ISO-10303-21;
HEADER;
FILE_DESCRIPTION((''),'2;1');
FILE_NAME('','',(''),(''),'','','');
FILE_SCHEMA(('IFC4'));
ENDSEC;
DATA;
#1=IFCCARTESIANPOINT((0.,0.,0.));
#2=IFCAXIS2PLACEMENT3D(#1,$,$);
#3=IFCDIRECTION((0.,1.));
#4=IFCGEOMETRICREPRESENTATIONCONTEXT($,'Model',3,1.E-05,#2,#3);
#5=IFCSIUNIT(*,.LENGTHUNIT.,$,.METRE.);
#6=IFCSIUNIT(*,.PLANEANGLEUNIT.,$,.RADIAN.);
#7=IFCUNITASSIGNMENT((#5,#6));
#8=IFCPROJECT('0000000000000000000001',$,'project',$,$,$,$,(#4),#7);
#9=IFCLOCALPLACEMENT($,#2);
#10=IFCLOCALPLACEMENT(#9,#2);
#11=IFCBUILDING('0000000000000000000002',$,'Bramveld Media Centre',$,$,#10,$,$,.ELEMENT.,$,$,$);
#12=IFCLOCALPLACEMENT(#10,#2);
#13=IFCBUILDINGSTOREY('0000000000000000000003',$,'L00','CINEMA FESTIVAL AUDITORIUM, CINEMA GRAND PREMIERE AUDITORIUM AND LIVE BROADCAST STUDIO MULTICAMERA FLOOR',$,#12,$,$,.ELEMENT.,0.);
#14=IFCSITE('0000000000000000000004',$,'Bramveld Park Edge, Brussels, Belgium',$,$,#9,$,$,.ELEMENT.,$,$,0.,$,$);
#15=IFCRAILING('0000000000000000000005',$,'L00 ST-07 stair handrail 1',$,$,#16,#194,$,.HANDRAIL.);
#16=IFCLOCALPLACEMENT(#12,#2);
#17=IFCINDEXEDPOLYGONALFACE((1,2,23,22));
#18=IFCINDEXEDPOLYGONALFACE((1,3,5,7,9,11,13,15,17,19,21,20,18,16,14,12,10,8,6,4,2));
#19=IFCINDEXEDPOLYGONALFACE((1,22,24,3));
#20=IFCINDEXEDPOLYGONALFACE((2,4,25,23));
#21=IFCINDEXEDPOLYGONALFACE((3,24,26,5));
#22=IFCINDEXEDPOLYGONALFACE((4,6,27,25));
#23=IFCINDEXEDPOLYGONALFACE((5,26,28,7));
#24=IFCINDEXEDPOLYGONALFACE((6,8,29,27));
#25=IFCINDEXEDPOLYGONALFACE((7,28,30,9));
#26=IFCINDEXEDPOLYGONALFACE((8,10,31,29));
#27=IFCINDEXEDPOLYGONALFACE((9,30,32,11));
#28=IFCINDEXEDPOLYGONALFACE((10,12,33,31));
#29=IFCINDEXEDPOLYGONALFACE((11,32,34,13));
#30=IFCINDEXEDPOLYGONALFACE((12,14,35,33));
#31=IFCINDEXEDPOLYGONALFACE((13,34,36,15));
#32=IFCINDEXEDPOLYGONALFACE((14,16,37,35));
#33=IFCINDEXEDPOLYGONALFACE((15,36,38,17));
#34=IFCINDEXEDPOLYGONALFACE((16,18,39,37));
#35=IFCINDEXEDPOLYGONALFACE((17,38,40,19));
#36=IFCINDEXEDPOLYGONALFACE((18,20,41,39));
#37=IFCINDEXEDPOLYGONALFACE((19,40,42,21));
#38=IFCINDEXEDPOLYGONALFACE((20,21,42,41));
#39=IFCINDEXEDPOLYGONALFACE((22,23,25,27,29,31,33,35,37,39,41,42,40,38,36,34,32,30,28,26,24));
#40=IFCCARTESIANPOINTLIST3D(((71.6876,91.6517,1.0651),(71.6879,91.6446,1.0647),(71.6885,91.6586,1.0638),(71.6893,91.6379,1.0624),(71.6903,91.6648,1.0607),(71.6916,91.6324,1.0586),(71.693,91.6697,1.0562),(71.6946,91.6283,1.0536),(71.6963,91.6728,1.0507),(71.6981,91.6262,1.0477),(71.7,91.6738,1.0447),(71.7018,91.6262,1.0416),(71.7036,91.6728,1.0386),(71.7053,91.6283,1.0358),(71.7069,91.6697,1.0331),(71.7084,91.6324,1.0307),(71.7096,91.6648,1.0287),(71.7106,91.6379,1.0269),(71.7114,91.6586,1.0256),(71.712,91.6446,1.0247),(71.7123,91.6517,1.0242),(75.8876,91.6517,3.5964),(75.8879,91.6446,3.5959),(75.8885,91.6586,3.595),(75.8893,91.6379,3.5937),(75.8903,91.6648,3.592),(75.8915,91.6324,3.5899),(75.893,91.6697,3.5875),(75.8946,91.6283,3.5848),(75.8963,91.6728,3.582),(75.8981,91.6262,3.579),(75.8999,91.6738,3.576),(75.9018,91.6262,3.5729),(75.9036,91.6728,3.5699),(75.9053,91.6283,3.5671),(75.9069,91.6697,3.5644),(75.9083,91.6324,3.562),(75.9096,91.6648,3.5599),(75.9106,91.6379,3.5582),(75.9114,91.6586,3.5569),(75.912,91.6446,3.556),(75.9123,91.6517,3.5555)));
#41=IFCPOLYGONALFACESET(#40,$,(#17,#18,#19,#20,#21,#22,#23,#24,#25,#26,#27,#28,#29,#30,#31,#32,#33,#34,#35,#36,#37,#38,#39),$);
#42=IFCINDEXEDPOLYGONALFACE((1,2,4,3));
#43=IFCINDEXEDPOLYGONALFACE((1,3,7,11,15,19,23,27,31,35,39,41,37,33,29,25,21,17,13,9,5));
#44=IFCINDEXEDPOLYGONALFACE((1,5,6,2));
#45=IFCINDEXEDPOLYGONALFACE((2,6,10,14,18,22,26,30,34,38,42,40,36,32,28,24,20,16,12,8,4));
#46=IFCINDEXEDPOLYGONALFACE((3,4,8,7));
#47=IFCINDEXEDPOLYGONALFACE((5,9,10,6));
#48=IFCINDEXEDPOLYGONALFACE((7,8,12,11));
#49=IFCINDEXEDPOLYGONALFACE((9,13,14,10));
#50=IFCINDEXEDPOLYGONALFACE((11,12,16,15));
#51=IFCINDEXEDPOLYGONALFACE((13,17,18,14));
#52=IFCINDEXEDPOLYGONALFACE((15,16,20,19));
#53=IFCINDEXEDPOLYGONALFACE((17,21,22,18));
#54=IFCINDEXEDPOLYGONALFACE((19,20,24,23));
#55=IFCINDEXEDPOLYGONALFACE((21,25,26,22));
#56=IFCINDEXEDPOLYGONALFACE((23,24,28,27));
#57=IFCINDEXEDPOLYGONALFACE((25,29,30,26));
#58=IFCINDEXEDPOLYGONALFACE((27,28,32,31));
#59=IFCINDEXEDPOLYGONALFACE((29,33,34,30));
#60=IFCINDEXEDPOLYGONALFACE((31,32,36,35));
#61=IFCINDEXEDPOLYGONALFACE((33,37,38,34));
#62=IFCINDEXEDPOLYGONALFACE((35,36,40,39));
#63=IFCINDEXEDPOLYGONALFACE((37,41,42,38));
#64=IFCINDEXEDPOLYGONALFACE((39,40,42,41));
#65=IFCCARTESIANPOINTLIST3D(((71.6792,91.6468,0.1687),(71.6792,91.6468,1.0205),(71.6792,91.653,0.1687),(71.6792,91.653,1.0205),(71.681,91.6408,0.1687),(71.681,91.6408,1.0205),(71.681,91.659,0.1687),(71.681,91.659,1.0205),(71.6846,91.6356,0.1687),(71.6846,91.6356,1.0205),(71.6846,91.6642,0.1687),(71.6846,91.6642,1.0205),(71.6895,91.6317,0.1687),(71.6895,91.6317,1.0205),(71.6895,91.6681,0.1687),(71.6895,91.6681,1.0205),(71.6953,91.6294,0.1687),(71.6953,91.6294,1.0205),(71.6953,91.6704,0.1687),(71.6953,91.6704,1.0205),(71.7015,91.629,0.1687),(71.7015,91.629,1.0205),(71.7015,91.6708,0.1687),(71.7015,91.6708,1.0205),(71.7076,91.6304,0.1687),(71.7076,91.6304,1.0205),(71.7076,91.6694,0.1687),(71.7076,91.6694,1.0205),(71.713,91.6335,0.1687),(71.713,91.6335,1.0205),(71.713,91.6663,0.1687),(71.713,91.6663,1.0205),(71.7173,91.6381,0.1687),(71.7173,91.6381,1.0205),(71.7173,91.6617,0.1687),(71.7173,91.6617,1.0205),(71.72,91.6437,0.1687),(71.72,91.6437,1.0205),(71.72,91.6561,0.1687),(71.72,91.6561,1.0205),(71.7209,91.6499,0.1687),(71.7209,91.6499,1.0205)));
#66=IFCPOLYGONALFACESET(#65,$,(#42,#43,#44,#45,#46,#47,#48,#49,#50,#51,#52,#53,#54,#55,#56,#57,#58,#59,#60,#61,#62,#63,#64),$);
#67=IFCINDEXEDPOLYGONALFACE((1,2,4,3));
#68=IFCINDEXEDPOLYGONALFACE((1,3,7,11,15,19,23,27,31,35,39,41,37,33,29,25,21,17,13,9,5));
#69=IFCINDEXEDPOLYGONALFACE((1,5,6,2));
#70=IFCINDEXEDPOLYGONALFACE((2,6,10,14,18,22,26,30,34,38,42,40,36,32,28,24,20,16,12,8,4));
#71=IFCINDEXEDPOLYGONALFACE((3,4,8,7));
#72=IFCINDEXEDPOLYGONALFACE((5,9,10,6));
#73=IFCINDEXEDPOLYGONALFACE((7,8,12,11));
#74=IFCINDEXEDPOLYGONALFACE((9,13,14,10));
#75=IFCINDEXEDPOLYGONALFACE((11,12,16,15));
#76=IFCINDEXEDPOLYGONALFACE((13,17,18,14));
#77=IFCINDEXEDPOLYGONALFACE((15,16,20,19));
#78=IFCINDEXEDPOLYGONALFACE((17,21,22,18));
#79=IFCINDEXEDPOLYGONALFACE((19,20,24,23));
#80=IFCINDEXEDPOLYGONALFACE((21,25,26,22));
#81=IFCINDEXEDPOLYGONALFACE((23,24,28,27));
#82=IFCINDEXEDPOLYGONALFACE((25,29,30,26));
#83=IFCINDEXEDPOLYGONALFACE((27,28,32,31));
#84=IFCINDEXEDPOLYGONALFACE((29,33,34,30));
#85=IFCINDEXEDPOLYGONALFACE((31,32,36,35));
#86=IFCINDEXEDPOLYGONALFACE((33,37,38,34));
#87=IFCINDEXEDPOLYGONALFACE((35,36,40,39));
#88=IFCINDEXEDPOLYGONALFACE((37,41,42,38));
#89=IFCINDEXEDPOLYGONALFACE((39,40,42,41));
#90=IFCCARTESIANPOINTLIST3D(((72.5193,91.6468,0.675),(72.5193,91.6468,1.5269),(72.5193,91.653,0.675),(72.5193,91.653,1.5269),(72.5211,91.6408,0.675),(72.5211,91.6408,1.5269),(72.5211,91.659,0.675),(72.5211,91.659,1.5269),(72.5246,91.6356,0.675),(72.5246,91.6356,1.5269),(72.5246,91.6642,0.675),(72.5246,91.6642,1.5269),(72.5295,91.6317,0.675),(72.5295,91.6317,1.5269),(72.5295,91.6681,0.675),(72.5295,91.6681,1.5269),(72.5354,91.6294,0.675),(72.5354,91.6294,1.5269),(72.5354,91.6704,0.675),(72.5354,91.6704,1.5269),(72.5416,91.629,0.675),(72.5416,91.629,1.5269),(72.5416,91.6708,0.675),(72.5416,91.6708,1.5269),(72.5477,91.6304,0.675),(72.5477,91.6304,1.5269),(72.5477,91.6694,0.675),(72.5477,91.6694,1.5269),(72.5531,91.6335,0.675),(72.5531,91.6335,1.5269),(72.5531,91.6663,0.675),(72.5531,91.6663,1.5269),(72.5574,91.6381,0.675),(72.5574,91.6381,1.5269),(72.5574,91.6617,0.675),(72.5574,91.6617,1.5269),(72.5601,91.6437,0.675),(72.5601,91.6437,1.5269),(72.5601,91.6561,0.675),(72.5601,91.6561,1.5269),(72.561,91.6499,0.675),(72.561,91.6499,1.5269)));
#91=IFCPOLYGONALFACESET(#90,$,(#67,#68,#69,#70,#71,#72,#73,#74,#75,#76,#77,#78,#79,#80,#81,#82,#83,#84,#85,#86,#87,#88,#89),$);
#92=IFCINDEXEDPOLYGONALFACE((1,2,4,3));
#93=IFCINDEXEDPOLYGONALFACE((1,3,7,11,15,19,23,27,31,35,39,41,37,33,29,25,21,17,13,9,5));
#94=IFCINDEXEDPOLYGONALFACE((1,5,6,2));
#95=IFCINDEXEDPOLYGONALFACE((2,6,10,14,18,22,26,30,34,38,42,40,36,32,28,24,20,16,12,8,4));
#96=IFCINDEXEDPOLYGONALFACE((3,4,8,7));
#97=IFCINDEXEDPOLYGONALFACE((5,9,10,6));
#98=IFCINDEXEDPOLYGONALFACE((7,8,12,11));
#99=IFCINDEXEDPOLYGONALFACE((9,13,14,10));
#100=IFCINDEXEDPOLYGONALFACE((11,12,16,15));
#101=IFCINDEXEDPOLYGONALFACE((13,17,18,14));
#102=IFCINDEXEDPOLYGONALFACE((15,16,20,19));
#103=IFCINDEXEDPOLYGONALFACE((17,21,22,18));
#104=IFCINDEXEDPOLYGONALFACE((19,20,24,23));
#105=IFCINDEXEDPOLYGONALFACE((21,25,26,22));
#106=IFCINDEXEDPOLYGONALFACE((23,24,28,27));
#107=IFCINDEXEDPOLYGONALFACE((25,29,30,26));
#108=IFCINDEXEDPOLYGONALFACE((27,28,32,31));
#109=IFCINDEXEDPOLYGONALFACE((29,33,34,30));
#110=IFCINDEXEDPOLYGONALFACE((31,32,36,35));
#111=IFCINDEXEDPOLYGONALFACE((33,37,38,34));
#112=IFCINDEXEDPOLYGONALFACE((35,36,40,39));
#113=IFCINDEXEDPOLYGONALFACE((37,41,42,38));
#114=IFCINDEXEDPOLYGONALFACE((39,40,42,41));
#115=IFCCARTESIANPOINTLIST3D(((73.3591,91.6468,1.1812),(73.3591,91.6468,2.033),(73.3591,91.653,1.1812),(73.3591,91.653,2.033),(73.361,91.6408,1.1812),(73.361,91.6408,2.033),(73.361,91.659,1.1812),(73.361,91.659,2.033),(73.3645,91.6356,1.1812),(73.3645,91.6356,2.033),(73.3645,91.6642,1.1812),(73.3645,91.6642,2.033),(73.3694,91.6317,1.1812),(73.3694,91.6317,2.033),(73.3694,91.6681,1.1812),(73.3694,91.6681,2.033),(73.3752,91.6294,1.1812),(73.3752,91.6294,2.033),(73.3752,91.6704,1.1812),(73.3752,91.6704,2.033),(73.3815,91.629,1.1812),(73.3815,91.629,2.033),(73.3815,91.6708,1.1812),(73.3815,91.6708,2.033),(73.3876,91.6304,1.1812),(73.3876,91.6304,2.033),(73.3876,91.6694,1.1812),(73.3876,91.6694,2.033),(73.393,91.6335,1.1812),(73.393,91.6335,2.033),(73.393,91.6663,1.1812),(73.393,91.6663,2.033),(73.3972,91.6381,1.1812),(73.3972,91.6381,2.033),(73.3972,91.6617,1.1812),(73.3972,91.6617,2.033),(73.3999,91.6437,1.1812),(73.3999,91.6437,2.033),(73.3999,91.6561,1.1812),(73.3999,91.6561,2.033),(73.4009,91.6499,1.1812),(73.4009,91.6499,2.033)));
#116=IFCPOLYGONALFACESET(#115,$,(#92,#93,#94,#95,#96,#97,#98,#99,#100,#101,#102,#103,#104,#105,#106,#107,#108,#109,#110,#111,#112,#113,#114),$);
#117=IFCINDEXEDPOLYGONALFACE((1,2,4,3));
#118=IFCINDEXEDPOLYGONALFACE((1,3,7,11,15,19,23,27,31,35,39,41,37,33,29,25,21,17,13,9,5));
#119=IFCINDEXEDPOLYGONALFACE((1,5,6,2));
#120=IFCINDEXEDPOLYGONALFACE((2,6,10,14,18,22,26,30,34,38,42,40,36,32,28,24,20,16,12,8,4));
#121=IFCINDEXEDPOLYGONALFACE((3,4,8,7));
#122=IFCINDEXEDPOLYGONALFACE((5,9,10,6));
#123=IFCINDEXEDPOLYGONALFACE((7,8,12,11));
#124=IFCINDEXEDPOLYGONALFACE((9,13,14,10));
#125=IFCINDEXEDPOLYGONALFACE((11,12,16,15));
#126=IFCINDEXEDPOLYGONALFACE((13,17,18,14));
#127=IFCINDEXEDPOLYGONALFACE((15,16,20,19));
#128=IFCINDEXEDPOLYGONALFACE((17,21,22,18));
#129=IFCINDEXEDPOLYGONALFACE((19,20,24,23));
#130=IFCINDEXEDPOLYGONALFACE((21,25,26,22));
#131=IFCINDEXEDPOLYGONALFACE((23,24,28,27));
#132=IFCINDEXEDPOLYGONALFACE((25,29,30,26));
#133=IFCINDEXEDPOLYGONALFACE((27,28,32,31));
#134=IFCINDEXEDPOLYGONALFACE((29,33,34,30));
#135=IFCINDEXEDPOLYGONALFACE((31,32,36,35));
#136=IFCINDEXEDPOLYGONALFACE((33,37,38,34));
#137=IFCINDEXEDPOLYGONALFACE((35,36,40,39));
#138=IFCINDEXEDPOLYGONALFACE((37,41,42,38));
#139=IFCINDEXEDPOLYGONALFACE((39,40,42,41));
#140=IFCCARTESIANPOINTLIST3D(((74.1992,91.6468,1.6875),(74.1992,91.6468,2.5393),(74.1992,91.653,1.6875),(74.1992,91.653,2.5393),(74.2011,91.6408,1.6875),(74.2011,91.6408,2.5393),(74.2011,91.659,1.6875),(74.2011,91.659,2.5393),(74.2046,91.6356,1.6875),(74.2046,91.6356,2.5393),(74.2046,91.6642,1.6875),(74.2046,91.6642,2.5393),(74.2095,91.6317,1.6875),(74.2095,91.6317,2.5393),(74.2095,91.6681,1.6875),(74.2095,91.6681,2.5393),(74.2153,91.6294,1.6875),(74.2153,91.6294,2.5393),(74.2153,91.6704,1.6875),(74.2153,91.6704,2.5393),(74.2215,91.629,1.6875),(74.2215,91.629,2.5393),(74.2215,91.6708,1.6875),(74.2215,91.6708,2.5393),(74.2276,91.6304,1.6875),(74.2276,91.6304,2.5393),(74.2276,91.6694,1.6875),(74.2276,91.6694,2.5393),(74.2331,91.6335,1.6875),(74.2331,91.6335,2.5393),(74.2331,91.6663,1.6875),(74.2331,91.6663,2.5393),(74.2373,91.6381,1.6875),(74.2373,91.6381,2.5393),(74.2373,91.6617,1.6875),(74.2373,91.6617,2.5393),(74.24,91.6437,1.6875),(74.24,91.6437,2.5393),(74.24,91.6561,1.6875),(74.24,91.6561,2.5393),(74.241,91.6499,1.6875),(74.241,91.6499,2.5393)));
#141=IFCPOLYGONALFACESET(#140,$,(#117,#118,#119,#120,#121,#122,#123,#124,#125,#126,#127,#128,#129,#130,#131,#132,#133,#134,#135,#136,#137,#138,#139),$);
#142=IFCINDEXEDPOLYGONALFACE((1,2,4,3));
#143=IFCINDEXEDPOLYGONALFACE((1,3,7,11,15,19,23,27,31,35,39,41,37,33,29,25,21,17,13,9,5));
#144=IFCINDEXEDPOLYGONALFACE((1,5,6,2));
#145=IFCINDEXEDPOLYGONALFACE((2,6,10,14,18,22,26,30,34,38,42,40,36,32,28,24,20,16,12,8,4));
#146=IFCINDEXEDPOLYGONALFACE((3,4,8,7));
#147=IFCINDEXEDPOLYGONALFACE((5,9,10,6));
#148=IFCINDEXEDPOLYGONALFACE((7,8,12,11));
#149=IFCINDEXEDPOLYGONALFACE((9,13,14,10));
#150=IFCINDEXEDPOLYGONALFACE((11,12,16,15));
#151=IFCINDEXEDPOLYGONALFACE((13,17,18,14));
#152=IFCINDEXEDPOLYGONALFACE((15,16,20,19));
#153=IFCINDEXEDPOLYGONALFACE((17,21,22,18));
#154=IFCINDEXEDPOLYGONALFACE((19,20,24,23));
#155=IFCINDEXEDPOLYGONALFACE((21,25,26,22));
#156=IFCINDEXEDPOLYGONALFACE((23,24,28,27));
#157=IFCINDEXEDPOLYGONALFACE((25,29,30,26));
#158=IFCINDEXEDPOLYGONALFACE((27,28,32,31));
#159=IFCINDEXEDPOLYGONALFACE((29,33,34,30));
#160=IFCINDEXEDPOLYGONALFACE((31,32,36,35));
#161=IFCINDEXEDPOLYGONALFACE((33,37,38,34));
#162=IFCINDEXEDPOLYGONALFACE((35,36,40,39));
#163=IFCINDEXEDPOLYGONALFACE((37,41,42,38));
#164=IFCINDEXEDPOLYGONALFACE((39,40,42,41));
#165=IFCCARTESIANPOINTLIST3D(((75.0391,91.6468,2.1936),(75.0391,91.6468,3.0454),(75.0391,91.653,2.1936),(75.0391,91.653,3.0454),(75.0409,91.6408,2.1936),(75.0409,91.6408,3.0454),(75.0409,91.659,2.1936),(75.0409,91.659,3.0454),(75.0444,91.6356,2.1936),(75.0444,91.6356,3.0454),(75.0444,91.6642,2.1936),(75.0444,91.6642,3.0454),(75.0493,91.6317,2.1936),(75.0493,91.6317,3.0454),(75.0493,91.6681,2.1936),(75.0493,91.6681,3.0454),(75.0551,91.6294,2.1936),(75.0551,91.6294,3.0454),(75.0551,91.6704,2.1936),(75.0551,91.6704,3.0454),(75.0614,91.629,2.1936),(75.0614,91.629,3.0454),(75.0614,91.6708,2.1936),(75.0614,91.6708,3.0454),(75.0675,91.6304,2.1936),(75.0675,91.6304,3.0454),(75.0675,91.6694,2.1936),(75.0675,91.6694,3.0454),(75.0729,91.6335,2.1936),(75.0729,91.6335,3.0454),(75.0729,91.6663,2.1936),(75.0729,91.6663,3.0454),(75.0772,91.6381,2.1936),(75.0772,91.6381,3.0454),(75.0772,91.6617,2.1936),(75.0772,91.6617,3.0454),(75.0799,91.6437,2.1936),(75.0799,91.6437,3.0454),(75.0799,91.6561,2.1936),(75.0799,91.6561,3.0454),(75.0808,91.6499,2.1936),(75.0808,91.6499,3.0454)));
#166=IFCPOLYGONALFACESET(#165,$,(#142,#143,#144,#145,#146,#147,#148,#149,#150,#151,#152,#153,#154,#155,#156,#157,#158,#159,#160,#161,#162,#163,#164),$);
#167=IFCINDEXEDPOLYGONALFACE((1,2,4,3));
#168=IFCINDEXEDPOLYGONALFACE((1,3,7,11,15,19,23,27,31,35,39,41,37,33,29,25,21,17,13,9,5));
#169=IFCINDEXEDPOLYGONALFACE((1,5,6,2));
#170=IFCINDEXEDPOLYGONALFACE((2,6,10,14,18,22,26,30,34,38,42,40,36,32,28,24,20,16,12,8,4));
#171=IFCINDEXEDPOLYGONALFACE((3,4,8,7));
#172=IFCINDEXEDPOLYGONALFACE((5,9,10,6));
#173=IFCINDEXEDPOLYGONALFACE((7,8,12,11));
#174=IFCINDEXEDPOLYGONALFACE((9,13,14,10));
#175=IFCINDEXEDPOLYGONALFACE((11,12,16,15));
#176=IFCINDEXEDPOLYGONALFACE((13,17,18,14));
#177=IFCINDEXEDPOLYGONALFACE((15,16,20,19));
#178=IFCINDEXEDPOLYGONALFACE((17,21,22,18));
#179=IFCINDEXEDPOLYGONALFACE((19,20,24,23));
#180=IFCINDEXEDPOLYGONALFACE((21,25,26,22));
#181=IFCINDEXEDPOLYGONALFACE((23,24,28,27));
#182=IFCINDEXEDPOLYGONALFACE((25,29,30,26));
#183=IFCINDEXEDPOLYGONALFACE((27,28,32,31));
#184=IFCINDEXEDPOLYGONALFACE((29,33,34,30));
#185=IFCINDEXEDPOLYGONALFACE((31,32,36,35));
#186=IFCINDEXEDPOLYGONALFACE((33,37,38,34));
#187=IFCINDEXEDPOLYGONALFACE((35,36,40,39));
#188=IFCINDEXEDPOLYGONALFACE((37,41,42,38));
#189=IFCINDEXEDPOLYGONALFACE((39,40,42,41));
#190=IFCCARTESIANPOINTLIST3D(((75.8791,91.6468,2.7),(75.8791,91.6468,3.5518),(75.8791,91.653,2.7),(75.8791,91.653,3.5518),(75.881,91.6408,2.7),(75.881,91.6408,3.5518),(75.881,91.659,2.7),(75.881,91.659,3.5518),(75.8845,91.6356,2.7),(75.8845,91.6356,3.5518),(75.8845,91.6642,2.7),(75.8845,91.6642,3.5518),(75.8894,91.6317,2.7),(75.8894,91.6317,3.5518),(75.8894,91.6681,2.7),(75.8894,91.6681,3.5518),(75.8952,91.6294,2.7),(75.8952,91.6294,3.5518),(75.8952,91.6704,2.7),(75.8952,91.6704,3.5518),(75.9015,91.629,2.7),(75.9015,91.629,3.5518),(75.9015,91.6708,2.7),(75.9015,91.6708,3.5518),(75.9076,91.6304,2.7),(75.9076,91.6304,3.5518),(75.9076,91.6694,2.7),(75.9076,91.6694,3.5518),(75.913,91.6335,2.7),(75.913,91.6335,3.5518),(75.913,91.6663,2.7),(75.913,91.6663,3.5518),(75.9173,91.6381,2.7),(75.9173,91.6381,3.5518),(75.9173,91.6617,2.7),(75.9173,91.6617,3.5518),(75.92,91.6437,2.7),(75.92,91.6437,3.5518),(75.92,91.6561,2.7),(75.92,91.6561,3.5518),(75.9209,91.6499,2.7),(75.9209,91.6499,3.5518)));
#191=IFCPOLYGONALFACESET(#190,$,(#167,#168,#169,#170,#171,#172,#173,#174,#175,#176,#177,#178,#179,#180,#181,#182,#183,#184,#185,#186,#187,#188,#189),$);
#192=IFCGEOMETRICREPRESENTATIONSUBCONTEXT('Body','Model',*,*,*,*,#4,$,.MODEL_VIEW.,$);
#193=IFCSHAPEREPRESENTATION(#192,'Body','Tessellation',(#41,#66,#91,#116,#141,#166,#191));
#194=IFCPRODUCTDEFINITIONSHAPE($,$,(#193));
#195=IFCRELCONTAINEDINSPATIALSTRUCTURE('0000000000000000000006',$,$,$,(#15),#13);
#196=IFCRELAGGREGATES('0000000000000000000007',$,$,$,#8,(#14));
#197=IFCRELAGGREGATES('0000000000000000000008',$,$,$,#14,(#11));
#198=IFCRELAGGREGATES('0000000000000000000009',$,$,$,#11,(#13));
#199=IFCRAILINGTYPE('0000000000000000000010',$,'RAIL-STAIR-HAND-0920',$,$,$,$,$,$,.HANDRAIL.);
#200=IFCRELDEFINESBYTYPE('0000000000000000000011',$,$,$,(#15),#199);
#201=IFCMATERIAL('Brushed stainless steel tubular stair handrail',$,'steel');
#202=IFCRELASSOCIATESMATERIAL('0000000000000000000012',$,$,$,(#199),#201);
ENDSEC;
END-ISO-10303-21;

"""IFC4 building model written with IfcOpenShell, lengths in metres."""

from ifc_helpers import new_model, si_unit, direction, frame, origin, origin_2d, place, context, subcontext, project, spatial, circle, extrude, material, type_object, element, save


model = new_model("IFC4")

# Units and contexts
model_context = context("Model", 3, precision=1e-05, world=origin(), true_north=direction((0.0, 1.0)))
body_context = subcontext(model_context, "Body", "Model", "MODEL_VIEW")
ifc_project = project(units=[si_unit("LENGTHUNIT", "METRE"), si_unit("PLANEANGLEUNIT", "RADIAN")], contexts=[model_context])

# Site, building, storey
site_placement = place(None, origin())
site = spatial("IfcSite", under=ifc_project, at=site_placement, Name="Bramveld Park Edge, Brussels, Belgium", CompositionType="ELEMENT", RefElevation=0.0)
building_placement = place(site_placement, origin())
building = spatial("IfcBuilding", under=site, at=building_placement, Name="Bramveld Media Centre", CompositionType="ELEMENT")
storey_placement = place(building_placement, origin())
storey = spatial("IfcBuildingStorey", under=building, at=storey_placement, Name="L00", Description="CINEMA FESTIVAL AUDITORIUM, CINEMA GRAND PREMIERE AUDITORIUM AND LIVE BROADCAST STUDIO MULTICAMERA FLOOR", CompositionType="ELEMENT", Elevation=0.0)

# Railing
ifc_material_1 = material(Name="Brushed stainless steel tubular stair handrail", Category="steel")
railing_type_1 = type_object("IfcRailingType", Name="RAIL-STAIR-HAND-0920", PredefinedType="HANDRAIL", material=ifc_material_1)
railing_1_placement = place(storey_placement, frame((71.7, 91.6499, 0.1687)))
element("IfcRailing", 1, at=railing_1_placement, inside=storey, type_object=railing_type_1, Name="L00 ST-07 stair handrail 1", PredefinedType="HANDRAIL", context=body_context, shape_type="SweptSolid", body=[
    extrude(circle(Radius=0.0239, at=origin_2d()), frame((0.0, 0.0, 0.876), z_axis=(0.856476, 0.0, 0.516186), x_axis=(0.0, 1.0, 0.0)), (0.0, 0.0, 1.0), 4.9038),
    extrude(circle(Radius=0.021, at=origin_2d()), origin(), (0.0, 0.0, 1.0), 0.8518),
    extrude(circle(Radius=0.021, at=origin_2d()), frame((0.8401, 0.0, 0.5063)), (0.0, 0.0, 1.0), 0.8518),
    extrude(circle(Radius=0.021, at=origin_2d()), frame((1.6799, 0.0, 1.0125)), (0.0, 0.0, 1.0), 0.8518),
    extrude(circle(Radius=0.021, at=origin_2d()), frame((2.52, 0.0, 1.5188)), (0.0, 0.0, 1.0), 0.8518),
    extrude(circle(Radius=0.021, at=origin_2d()), frame((3.3599, 0.0, 2.0249)), (0.0, 0.0, 1.0), 0.8518),
    extrude(circle(Radius=0.021, at=origin_2d()), frame((4.2, 0.0, 2.5312)), (0.0, 0.0, 1.0), 0.8518),
])

save(model, "model.ifc")
